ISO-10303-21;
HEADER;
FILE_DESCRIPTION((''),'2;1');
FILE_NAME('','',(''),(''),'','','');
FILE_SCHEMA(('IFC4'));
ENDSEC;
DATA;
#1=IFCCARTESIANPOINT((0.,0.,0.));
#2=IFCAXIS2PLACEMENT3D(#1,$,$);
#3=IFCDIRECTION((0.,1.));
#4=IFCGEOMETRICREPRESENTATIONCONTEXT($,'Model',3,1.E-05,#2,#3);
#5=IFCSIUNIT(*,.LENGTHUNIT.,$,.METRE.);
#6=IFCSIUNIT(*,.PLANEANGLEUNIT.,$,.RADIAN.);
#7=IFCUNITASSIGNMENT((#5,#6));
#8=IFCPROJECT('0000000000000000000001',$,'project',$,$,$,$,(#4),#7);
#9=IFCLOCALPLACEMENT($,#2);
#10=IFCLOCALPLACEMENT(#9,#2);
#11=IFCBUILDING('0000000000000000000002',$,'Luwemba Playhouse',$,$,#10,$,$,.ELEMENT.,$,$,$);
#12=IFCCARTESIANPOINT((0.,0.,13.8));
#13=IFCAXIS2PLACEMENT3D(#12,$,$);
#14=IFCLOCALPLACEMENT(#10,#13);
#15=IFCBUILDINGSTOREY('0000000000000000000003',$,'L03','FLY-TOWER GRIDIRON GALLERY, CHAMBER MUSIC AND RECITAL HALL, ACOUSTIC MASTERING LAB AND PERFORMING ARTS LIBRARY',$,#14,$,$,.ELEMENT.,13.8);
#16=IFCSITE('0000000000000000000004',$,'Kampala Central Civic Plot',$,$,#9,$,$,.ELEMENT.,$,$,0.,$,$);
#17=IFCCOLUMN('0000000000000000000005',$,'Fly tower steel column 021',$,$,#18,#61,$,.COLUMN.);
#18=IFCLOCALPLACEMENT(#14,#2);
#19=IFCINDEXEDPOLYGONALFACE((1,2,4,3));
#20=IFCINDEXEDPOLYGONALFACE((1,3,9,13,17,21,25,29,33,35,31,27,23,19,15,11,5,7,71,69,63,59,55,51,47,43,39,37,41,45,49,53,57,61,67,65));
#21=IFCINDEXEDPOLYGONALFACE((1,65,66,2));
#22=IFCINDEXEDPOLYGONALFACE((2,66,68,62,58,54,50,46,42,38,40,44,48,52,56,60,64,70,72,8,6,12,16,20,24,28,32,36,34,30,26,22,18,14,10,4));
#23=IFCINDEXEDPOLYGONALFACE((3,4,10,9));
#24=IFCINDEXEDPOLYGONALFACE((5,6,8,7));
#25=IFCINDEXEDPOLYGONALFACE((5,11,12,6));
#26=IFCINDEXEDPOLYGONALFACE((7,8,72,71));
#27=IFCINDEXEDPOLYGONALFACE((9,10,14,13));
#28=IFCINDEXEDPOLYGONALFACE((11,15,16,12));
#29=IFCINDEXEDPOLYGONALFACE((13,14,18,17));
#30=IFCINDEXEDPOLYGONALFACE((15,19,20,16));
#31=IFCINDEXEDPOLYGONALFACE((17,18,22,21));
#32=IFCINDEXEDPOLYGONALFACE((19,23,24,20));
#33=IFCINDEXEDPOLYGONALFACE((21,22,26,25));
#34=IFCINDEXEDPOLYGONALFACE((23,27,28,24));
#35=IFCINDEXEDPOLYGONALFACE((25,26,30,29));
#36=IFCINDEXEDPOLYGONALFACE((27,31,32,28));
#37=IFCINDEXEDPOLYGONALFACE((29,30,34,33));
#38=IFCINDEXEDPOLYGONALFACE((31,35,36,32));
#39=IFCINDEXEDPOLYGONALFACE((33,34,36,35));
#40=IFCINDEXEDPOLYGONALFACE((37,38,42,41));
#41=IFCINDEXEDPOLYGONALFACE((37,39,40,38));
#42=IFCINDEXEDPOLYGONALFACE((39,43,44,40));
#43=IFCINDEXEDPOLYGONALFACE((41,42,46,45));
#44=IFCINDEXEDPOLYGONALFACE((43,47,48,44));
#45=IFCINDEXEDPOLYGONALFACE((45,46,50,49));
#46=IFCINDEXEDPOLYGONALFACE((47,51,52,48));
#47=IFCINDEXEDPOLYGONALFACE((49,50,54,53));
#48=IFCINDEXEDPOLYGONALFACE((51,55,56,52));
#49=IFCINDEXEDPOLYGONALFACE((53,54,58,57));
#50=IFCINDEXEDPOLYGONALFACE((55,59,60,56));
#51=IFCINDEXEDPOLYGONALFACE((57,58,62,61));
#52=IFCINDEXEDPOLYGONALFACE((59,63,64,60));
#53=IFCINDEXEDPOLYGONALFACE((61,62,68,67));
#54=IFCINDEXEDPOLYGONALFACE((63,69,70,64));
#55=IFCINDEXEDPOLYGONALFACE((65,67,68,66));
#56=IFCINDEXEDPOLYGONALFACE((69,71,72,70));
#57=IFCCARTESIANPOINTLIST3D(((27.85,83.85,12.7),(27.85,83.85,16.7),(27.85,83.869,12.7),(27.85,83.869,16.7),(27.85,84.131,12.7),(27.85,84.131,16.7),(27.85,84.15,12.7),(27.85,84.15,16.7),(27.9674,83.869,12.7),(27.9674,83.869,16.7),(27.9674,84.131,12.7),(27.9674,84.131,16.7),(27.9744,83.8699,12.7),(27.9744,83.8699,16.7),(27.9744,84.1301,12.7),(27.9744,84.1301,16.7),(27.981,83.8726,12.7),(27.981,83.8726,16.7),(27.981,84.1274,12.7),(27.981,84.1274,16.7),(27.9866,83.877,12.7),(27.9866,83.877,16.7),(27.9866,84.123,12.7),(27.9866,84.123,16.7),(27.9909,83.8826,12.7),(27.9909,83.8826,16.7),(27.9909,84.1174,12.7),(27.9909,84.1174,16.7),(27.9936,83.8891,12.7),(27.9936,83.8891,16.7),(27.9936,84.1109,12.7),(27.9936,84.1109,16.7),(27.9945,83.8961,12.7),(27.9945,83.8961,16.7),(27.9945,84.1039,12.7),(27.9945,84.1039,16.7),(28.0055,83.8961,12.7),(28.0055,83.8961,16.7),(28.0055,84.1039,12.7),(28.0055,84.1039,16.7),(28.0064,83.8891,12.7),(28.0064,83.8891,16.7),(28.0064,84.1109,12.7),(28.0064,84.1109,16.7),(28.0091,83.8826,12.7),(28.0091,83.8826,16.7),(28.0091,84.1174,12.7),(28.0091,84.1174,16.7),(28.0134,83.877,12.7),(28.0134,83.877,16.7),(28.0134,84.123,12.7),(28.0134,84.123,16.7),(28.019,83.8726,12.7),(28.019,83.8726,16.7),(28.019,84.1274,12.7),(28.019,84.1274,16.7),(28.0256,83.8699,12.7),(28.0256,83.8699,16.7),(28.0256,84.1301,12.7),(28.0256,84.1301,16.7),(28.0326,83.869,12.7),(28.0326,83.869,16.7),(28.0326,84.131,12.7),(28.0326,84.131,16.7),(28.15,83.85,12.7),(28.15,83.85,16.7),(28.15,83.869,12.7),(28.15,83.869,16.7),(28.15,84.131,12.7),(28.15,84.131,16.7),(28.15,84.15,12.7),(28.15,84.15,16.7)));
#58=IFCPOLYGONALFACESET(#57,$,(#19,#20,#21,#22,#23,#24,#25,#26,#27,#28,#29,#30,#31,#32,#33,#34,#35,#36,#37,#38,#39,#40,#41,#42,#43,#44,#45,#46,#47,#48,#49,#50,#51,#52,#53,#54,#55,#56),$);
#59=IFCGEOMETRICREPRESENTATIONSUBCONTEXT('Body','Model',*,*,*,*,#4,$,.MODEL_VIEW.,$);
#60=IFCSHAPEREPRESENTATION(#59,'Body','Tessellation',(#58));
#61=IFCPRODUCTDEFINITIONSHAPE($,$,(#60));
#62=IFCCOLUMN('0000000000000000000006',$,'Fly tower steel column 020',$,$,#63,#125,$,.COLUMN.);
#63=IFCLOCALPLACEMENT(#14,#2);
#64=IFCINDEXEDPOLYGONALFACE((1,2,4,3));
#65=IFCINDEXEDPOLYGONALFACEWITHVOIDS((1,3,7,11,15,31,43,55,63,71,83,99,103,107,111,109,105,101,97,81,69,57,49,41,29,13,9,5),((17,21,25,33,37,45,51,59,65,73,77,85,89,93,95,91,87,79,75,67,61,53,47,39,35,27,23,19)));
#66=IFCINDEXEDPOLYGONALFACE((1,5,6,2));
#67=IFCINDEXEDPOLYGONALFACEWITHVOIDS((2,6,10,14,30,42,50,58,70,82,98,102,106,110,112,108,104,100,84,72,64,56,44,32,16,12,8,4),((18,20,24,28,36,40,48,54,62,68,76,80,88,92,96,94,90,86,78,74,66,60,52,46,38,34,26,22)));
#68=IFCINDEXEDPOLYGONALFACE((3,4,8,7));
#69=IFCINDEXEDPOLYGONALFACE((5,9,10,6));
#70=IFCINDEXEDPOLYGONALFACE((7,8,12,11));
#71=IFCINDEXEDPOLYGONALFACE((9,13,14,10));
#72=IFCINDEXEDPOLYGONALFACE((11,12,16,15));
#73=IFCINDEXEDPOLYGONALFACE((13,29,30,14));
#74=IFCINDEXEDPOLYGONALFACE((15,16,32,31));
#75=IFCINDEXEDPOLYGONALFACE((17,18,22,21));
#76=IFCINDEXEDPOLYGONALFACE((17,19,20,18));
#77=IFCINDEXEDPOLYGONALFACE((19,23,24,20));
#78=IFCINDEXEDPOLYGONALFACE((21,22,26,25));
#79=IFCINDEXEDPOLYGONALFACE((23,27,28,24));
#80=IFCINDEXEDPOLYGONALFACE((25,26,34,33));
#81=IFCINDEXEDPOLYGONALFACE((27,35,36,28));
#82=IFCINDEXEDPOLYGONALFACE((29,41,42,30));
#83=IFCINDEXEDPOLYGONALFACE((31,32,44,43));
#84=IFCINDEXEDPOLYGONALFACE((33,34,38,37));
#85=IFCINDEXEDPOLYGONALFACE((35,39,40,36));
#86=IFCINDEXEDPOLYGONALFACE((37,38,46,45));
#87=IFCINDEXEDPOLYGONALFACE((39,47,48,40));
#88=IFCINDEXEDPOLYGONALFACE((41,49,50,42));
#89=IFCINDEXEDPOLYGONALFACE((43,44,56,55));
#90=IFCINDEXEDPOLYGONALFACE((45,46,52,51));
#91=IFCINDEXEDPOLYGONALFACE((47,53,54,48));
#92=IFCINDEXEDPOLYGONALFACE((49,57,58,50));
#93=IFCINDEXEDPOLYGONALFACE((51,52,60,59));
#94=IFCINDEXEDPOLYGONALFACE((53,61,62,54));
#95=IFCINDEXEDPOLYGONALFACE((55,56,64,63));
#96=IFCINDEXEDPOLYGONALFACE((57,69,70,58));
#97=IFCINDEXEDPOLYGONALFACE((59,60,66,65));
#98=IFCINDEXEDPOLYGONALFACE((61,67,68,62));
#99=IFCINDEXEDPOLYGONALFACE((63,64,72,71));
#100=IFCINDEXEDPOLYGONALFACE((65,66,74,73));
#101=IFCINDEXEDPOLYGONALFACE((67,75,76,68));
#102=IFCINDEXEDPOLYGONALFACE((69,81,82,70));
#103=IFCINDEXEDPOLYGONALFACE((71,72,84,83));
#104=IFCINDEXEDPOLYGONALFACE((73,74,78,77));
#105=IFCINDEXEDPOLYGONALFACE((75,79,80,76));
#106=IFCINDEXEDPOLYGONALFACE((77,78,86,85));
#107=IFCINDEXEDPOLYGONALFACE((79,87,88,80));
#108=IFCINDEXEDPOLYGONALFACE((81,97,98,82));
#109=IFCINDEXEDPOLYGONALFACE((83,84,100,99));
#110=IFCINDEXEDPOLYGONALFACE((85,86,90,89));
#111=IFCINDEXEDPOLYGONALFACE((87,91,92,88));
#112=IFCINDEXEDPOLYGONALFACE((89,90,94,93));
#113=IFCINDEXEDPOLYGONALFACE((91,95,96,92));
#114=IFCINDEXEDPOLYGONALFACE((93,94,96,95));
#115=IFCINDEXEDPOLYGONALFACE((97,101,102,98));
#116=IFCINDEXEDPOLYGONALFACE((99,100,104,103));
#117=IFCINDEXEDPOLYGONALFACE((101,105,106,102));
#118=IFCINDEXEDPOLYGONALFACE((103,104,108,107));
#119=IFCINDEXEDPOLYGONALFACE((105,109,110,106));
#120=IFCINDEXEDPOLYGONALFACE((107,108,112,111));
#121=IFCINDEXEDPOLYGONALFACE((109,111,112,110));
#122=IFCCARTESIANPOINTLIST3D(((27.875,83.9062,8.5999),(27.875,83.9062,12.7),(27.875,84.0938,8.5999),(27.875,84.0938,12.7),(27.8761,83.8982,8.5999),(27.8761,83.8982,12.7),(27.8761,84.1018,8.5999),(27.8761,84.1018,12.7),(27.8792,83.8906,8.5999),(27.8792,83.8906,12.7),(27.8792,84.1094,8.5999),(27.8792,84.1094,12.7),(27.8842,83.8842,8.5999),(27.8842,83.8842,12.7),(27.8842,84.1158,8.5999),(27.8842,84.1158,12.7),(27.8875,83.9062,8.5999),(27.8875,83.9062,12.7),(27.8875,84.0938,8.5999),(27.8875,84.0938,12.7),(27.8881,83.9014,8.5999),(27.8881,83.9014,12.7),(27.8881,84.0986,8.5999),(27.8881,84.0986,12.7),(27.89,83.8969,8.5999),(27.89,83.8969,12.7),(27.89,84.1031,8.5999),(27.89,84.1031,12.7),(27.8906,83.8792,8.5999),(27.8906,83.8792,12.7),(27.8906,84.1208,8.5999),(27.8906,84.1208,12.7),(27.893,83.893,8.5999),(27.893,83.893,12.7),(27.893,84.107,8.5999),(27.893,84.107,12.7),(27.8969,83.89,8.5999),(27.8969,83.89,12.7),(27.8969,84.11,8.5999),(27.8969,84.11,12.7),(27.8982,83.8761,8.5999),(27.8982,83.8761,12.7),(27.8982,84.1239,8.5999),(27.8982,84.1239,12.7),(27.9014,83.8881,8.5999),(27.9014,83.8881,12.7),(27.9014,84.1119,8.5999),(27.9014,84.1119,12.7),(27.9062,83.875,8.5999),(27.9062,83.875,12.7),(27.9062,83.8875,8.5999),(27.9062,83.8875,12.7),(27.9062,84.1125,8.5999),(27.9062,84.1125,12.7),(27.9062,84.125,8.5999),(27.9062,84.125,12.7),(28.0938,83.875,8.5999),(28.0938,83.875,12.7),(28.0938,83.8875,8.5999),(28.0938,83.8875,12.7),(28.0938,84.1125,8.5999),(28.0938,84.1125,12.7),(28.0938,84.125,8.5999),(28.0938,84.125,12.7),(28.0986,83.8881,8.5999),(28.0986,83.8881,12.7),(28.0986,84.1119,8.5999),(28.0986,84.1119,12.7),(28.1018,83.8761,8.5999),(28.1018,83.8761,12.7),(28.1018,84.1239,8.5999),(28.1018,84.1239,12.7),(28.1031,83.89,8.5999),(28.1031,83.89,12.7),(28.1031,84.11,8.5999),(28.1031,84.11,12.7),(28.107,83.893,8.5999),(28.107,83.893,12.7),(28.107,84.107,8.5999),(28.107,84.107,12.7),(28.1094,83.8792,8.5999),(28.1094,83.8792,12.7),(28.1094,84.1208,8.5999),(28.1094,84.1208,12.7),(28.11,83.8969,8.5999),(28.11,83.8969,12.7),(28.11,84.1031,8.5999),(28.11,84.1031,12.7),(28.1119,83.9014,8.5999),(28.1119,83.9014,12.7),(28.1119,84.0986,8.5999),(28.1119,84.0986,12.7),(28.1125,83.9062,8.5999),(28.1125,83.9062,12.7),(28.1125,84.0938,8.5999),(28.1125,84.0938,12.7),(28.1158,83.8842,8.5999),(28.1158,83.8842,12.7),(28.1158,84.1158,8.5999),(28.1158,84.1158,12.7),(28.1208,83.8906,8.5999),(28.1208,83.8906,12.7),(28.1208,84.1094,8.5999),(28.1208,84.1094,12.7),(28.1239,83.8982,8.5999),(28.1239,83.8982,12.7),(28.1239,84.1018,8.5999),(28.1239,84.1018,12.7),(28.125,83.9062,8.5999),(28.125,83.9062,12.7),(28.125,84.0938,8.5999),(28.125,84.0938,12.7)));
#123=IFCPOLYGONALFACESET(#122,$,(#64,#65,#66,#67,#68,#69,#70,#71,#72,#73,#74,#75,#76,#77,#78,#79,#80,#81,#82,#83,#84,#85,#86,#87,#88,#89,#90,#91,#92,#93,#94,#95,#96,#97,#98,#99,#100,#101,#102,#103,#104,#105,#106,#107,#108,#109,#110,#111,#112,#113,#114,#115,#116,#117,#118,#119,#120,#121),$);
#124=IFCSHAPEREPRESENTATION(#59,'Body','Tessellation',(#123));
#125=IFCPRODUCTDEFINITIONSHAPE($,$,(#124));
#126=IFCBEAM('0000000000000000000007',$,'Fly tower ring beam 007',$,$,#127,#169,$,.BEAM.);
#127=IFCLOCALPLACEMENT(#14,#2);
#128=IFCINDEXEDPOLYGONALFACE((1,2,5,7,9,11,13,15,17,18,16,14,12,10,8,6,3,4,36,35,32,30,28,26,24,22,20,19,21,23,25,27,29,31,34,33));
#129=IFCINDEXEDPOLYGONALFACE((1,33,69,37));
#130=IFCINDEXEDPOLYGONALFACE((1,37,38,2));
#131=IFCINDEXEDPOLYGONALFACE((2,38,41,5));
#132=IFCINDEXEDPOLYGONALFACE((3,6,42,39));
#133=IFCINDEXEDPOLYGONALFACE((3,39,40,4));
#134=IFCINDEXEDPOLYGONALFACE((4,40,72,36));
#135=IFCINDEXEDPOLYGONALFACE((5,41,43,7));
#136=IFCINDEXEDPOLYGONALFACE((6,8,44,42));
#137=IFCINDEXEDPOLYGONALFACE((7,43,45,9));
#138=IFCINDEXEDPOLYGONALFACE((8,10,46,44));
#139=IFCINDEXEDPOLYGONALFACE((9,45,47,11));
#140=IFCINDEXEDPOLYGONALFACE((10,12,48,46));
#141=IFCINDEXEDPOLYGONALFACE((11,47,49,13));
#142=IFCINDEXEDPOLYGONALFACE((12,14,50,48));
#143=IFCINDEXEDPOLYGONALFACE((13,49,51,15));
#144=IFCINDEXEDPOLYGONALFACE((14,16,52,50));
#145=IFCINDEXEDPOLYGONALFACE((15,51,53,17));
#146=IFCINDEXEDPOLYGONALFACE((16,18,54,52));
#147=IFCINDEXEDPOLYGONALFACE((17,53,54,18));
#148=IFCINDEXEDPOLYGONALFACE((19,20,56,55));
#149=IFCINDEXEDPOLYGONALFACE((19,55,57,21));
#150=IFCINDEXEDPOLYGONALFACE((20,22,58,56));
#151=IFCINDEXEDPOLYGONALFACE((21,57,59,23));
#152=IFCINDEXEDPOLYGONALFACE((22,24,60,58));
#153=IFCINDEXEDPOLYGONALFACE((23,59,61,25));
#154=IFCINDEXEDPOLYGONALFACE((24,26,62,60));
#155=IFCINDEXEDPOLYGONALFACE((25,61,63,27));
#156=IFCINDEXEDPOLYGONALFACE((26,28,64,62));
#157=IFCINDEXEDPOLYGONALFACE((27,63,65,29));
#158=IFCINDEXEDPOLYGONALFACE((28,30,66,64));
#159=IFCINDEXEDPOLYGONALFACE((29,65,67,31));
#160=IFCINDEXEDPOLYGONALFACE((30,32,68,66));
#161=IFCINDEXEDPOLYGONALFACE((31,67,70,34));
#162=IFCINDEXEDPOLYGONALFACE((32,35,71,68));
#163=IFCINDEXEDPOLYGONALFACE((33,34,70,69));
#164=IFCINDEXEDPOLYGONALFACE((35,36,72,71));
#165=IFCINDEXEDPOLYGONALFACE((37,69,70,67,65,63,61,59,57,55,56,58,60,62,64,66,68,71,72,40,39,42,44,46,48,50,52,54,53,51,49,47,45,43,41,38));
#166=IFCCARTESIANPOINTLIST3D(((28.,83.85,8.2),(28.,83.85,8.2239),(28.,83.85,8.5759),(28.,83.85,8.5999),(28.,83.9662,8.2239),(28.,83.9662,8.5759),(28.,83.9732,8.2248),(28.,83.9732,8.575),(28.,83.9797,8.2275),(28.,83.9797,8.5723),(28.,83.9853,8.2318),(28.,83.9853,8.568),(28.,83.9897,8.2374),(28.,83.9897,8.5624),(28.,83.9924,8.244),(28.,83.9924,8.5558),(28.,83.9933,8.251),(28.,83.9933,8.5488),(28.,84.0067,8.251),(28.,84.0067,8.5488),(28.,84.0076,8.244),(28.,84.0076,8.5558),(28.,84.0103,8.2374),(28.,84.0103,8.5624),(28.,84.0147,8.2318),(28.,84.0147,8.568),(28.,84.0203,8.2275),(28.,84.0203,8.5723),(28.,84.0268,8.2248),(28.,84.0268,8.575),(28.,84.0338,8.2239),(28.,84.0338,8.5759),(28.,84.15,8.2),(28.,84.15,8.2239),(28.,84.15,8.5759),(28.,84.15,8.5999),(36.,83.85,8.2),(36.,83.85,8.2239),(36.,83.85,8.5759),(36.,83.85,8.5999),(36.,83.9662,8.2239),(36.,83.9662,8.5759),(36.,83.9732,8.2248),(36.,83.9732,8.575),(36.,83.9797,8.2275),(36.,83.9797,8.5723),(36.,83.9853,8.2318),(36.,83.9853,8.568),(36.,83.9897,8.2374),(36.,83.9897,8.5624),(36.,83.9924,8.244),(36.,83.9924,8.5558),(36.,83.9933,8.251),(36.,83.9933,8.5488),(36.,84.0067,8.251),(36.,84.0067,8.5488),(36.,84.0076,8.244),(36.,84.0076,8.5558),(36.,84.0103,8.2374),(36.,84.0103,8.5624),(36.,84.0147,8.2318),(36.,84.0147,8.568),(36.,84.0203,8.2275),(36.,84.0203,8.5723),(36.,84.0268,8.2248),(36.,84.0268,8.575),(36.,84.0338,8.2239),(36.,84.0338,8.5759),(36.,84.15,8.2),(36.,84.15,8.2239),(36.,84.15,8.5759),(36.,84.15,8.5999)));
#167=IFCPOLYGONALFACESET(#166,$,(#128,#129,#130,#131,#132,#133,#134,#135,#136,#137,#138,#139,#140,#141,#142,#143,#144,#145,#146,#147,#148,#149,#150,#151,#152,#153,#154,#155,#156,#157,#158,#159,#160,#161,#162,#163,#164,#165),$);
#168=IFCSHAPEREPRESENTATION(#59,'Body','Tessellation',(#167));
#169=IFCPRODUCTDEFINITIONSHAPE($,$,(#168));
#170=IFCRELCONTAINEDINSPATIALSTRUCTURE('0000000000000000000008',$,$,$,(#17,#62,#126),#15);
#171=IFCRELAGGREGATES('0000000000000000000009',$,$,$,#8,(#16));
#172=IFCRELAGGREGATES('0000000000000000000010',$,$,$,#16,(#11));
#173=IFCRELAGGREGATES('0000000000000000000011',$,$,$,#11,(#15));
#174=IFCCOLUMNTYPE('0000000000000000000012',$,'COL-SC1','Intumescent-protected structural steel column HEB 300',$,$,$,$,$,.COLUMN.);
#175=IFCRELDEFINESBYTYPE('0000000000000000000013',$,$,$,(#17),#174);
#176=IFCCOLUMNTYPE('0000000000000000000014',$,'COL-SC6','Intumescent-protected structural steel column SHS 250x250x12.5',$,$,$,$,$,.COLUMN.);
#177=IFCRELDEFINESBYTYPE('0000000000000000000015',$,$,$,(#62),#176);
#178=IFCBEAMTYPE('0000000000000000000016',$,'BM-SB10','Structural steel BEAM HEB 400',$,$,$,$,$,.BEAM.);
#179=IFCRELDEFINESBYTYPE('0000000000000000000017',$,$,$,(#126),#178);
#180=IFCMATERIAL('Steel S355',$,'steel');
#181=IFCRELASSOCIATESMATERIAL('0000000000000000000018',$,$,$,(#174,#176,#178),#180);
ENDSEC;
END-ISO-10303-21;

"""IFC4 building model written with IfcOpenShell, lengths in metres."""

from ifc_helpers import new_model, si_unit, direction, frame, origin, origin_2d, place, context, subcontext, project, spatial, hollow_rectangle, i_section, extrude, material, material_profile, profile_set, type_object, element, save


model = new_model("IFC4")

# Units and contexts
model_context = context("Model", 3, precision=1e-05, world=origin(), true_north=direction((0.0, 1.0)))
body_context = subcontext(model_context, "Body", "Model", "MODEL_VIEW")
ifc_project = project(units=[si_unit("LENGTHUNIT", "METRE"), si_unit("PLANEANGLEUNIT", "RADIAN")], contexts=[model_context])

# Site, building, storey
site_placement = place(None, origin())
site = spatial("IfcSite", under=ifc_project, at=site_placement, Name="Kampala Central Civic Plot", CompositionType="ELEMENT", RefElevation=0.0)
building_placement = place(site_placement, origin())
building = spatial("IfcBuilding", under=site, at=building_placement, Name="Luwemba Playhouse", CompositionType="ELEMENT")
storey_placement = place(building_placement, frame((0.0, 0.0, 13.8)))
storey = spatial("IfcBuildingStorey", under=building, at=storey_placement, Name="L03", Description="FLY-TOWER GRIDIRON GALLERY, CHAMBER MUSIC AND RECITAL HALL, ACOUSTIC MASTERING LAB AND PERFORMING ARTS LIBRARY", CompositionType="ELEMENT", Elevation=13.8)

# Columns
ifc_material_1 = material(Name="Steel S355", Category="steel")
ifc_material_profile_1 = material_profile(ifc_material_1, i_section(OverallWidth=0.3, OverallDepth=0.3, WebThickness=0.011, FlangeThickness=0.019, FilletRadius=0.0271, at=origin_2d()))
ifc_profile_set_1 = profile_set([ifc_material_profile_1], Name="Steel S355")
column_type_1 = type_object("IfcColumnType", Name="COL-SC1", Description="Intumescent-protected structural steel column HEB 300", PredefinedType="COLUMN", material=ifc_profile_set_1)
column_1_placement = place(storey_placement, frame((28.0, 84.0, 12.7), z_axis=(0.0, 0.0, 1.0), x_axis=(1.0, 0.0, 0.0)))
element("IfcColumn", 1, at=column_1_placement, inside=storey, type_object=column_type_1, Name="Fly tower steel column 021", PredefinedType="COLUMN", context=body_context, shape_type="SweptSolid", body=[
    extrude(i_section(OverallWidth=0.3, OverallDepth=0.3, WebThickness=0.011, FlangeThickness=0.019, FilletRadius=0.0271, at=origin_2d()), origin(), (0.0, 0.0, 1.0), 4.0),
])
ifc_material_profile_2 = material_profile(ifc_material_1, hollow_rectangle(XDim=0.25, YDim=0.25, WallThickness=0.0125, InnerFilletRadius=0.0188, OuterFilletRadius=0.0312, at=origin_2d()))
ifc_profile_set_2 = profile_set([ifc_material_profile_2], Name="Steel S355")
column_type_2 = type_object("IfcColumnType", Name="COL-SC6", Description="Intumescent-protected structural steel column SHS 250x250x12.5", PredefinedType="COLUMN", material=ifc_profile_set_2)
column_2_placement = place(storey_placement, frame((28.0, 84.0, 8.5999), z_axis=(0.0, 0.0, 1.0), x_axis=(1.0, 0.0, 0.0)))
element("IfcColumn", 2, at=column_2_placement, inside=storey, type_object=column_type_2, Name="Fly tower steel column 020", PredefinedType="COLUMN", context=body_context, shape_type="SweptSolid", body=[
    extrude(hollow_rectangle(XDim=0.25, YDim=0.25, WallThickness=0.0125, InnerFilletRadius=0.0188, OuterFilletRadius=0.0312, at=origin_2d()), origin(), (0.0, 0.0, 1.0), 4.1001),
])

# Beam
ifc_material_profile_3 = material_profile(ifc_material_1, i_section(OverallWidth=0.3, OverallDepth=0.3999, WebThickness=0.0134, FlangeThickness=0.0239, FilletRadius=0.0271, at=origin_2d()))
ifc_profile_set_3 = profile_set([ifc_material_profile_3], Name="Steel S355")
beam_type = type_object("IfcBeamType", Name="BM-SB10", Description="Structural steel BEAM HEB 400", PredefinedType="BEAM", material=ifc_profile_set_3)
for number, where, z_axis, x_axis, name in (
    (3, (28.0, 84.0, 8.3999), (1.0, 0.0, 0.0), (0.0, 1.0, 0.0), "Fly tower ring beam 007"),
):
    element("IfcBeam", number, at=place(storey_placement, frame(where, z_axis=z_axis, x_axis=x_axis)), inside=storey, type_object=beam_type, Name=name, PredefinedType="BEAM", context=body_context, shape_type="SweptSolid", body=[
        extrude(i_section(OverallWidth=0.3, OverallDepth=0.3999, WebThickness=0.0134, FlangeThickness=0.0239, FilletRadius=0.0271, at=origin_2d()), origin(), (0.0, 0.0, 1.0), 8.0),
    ])

save(model, "model.ifc")
